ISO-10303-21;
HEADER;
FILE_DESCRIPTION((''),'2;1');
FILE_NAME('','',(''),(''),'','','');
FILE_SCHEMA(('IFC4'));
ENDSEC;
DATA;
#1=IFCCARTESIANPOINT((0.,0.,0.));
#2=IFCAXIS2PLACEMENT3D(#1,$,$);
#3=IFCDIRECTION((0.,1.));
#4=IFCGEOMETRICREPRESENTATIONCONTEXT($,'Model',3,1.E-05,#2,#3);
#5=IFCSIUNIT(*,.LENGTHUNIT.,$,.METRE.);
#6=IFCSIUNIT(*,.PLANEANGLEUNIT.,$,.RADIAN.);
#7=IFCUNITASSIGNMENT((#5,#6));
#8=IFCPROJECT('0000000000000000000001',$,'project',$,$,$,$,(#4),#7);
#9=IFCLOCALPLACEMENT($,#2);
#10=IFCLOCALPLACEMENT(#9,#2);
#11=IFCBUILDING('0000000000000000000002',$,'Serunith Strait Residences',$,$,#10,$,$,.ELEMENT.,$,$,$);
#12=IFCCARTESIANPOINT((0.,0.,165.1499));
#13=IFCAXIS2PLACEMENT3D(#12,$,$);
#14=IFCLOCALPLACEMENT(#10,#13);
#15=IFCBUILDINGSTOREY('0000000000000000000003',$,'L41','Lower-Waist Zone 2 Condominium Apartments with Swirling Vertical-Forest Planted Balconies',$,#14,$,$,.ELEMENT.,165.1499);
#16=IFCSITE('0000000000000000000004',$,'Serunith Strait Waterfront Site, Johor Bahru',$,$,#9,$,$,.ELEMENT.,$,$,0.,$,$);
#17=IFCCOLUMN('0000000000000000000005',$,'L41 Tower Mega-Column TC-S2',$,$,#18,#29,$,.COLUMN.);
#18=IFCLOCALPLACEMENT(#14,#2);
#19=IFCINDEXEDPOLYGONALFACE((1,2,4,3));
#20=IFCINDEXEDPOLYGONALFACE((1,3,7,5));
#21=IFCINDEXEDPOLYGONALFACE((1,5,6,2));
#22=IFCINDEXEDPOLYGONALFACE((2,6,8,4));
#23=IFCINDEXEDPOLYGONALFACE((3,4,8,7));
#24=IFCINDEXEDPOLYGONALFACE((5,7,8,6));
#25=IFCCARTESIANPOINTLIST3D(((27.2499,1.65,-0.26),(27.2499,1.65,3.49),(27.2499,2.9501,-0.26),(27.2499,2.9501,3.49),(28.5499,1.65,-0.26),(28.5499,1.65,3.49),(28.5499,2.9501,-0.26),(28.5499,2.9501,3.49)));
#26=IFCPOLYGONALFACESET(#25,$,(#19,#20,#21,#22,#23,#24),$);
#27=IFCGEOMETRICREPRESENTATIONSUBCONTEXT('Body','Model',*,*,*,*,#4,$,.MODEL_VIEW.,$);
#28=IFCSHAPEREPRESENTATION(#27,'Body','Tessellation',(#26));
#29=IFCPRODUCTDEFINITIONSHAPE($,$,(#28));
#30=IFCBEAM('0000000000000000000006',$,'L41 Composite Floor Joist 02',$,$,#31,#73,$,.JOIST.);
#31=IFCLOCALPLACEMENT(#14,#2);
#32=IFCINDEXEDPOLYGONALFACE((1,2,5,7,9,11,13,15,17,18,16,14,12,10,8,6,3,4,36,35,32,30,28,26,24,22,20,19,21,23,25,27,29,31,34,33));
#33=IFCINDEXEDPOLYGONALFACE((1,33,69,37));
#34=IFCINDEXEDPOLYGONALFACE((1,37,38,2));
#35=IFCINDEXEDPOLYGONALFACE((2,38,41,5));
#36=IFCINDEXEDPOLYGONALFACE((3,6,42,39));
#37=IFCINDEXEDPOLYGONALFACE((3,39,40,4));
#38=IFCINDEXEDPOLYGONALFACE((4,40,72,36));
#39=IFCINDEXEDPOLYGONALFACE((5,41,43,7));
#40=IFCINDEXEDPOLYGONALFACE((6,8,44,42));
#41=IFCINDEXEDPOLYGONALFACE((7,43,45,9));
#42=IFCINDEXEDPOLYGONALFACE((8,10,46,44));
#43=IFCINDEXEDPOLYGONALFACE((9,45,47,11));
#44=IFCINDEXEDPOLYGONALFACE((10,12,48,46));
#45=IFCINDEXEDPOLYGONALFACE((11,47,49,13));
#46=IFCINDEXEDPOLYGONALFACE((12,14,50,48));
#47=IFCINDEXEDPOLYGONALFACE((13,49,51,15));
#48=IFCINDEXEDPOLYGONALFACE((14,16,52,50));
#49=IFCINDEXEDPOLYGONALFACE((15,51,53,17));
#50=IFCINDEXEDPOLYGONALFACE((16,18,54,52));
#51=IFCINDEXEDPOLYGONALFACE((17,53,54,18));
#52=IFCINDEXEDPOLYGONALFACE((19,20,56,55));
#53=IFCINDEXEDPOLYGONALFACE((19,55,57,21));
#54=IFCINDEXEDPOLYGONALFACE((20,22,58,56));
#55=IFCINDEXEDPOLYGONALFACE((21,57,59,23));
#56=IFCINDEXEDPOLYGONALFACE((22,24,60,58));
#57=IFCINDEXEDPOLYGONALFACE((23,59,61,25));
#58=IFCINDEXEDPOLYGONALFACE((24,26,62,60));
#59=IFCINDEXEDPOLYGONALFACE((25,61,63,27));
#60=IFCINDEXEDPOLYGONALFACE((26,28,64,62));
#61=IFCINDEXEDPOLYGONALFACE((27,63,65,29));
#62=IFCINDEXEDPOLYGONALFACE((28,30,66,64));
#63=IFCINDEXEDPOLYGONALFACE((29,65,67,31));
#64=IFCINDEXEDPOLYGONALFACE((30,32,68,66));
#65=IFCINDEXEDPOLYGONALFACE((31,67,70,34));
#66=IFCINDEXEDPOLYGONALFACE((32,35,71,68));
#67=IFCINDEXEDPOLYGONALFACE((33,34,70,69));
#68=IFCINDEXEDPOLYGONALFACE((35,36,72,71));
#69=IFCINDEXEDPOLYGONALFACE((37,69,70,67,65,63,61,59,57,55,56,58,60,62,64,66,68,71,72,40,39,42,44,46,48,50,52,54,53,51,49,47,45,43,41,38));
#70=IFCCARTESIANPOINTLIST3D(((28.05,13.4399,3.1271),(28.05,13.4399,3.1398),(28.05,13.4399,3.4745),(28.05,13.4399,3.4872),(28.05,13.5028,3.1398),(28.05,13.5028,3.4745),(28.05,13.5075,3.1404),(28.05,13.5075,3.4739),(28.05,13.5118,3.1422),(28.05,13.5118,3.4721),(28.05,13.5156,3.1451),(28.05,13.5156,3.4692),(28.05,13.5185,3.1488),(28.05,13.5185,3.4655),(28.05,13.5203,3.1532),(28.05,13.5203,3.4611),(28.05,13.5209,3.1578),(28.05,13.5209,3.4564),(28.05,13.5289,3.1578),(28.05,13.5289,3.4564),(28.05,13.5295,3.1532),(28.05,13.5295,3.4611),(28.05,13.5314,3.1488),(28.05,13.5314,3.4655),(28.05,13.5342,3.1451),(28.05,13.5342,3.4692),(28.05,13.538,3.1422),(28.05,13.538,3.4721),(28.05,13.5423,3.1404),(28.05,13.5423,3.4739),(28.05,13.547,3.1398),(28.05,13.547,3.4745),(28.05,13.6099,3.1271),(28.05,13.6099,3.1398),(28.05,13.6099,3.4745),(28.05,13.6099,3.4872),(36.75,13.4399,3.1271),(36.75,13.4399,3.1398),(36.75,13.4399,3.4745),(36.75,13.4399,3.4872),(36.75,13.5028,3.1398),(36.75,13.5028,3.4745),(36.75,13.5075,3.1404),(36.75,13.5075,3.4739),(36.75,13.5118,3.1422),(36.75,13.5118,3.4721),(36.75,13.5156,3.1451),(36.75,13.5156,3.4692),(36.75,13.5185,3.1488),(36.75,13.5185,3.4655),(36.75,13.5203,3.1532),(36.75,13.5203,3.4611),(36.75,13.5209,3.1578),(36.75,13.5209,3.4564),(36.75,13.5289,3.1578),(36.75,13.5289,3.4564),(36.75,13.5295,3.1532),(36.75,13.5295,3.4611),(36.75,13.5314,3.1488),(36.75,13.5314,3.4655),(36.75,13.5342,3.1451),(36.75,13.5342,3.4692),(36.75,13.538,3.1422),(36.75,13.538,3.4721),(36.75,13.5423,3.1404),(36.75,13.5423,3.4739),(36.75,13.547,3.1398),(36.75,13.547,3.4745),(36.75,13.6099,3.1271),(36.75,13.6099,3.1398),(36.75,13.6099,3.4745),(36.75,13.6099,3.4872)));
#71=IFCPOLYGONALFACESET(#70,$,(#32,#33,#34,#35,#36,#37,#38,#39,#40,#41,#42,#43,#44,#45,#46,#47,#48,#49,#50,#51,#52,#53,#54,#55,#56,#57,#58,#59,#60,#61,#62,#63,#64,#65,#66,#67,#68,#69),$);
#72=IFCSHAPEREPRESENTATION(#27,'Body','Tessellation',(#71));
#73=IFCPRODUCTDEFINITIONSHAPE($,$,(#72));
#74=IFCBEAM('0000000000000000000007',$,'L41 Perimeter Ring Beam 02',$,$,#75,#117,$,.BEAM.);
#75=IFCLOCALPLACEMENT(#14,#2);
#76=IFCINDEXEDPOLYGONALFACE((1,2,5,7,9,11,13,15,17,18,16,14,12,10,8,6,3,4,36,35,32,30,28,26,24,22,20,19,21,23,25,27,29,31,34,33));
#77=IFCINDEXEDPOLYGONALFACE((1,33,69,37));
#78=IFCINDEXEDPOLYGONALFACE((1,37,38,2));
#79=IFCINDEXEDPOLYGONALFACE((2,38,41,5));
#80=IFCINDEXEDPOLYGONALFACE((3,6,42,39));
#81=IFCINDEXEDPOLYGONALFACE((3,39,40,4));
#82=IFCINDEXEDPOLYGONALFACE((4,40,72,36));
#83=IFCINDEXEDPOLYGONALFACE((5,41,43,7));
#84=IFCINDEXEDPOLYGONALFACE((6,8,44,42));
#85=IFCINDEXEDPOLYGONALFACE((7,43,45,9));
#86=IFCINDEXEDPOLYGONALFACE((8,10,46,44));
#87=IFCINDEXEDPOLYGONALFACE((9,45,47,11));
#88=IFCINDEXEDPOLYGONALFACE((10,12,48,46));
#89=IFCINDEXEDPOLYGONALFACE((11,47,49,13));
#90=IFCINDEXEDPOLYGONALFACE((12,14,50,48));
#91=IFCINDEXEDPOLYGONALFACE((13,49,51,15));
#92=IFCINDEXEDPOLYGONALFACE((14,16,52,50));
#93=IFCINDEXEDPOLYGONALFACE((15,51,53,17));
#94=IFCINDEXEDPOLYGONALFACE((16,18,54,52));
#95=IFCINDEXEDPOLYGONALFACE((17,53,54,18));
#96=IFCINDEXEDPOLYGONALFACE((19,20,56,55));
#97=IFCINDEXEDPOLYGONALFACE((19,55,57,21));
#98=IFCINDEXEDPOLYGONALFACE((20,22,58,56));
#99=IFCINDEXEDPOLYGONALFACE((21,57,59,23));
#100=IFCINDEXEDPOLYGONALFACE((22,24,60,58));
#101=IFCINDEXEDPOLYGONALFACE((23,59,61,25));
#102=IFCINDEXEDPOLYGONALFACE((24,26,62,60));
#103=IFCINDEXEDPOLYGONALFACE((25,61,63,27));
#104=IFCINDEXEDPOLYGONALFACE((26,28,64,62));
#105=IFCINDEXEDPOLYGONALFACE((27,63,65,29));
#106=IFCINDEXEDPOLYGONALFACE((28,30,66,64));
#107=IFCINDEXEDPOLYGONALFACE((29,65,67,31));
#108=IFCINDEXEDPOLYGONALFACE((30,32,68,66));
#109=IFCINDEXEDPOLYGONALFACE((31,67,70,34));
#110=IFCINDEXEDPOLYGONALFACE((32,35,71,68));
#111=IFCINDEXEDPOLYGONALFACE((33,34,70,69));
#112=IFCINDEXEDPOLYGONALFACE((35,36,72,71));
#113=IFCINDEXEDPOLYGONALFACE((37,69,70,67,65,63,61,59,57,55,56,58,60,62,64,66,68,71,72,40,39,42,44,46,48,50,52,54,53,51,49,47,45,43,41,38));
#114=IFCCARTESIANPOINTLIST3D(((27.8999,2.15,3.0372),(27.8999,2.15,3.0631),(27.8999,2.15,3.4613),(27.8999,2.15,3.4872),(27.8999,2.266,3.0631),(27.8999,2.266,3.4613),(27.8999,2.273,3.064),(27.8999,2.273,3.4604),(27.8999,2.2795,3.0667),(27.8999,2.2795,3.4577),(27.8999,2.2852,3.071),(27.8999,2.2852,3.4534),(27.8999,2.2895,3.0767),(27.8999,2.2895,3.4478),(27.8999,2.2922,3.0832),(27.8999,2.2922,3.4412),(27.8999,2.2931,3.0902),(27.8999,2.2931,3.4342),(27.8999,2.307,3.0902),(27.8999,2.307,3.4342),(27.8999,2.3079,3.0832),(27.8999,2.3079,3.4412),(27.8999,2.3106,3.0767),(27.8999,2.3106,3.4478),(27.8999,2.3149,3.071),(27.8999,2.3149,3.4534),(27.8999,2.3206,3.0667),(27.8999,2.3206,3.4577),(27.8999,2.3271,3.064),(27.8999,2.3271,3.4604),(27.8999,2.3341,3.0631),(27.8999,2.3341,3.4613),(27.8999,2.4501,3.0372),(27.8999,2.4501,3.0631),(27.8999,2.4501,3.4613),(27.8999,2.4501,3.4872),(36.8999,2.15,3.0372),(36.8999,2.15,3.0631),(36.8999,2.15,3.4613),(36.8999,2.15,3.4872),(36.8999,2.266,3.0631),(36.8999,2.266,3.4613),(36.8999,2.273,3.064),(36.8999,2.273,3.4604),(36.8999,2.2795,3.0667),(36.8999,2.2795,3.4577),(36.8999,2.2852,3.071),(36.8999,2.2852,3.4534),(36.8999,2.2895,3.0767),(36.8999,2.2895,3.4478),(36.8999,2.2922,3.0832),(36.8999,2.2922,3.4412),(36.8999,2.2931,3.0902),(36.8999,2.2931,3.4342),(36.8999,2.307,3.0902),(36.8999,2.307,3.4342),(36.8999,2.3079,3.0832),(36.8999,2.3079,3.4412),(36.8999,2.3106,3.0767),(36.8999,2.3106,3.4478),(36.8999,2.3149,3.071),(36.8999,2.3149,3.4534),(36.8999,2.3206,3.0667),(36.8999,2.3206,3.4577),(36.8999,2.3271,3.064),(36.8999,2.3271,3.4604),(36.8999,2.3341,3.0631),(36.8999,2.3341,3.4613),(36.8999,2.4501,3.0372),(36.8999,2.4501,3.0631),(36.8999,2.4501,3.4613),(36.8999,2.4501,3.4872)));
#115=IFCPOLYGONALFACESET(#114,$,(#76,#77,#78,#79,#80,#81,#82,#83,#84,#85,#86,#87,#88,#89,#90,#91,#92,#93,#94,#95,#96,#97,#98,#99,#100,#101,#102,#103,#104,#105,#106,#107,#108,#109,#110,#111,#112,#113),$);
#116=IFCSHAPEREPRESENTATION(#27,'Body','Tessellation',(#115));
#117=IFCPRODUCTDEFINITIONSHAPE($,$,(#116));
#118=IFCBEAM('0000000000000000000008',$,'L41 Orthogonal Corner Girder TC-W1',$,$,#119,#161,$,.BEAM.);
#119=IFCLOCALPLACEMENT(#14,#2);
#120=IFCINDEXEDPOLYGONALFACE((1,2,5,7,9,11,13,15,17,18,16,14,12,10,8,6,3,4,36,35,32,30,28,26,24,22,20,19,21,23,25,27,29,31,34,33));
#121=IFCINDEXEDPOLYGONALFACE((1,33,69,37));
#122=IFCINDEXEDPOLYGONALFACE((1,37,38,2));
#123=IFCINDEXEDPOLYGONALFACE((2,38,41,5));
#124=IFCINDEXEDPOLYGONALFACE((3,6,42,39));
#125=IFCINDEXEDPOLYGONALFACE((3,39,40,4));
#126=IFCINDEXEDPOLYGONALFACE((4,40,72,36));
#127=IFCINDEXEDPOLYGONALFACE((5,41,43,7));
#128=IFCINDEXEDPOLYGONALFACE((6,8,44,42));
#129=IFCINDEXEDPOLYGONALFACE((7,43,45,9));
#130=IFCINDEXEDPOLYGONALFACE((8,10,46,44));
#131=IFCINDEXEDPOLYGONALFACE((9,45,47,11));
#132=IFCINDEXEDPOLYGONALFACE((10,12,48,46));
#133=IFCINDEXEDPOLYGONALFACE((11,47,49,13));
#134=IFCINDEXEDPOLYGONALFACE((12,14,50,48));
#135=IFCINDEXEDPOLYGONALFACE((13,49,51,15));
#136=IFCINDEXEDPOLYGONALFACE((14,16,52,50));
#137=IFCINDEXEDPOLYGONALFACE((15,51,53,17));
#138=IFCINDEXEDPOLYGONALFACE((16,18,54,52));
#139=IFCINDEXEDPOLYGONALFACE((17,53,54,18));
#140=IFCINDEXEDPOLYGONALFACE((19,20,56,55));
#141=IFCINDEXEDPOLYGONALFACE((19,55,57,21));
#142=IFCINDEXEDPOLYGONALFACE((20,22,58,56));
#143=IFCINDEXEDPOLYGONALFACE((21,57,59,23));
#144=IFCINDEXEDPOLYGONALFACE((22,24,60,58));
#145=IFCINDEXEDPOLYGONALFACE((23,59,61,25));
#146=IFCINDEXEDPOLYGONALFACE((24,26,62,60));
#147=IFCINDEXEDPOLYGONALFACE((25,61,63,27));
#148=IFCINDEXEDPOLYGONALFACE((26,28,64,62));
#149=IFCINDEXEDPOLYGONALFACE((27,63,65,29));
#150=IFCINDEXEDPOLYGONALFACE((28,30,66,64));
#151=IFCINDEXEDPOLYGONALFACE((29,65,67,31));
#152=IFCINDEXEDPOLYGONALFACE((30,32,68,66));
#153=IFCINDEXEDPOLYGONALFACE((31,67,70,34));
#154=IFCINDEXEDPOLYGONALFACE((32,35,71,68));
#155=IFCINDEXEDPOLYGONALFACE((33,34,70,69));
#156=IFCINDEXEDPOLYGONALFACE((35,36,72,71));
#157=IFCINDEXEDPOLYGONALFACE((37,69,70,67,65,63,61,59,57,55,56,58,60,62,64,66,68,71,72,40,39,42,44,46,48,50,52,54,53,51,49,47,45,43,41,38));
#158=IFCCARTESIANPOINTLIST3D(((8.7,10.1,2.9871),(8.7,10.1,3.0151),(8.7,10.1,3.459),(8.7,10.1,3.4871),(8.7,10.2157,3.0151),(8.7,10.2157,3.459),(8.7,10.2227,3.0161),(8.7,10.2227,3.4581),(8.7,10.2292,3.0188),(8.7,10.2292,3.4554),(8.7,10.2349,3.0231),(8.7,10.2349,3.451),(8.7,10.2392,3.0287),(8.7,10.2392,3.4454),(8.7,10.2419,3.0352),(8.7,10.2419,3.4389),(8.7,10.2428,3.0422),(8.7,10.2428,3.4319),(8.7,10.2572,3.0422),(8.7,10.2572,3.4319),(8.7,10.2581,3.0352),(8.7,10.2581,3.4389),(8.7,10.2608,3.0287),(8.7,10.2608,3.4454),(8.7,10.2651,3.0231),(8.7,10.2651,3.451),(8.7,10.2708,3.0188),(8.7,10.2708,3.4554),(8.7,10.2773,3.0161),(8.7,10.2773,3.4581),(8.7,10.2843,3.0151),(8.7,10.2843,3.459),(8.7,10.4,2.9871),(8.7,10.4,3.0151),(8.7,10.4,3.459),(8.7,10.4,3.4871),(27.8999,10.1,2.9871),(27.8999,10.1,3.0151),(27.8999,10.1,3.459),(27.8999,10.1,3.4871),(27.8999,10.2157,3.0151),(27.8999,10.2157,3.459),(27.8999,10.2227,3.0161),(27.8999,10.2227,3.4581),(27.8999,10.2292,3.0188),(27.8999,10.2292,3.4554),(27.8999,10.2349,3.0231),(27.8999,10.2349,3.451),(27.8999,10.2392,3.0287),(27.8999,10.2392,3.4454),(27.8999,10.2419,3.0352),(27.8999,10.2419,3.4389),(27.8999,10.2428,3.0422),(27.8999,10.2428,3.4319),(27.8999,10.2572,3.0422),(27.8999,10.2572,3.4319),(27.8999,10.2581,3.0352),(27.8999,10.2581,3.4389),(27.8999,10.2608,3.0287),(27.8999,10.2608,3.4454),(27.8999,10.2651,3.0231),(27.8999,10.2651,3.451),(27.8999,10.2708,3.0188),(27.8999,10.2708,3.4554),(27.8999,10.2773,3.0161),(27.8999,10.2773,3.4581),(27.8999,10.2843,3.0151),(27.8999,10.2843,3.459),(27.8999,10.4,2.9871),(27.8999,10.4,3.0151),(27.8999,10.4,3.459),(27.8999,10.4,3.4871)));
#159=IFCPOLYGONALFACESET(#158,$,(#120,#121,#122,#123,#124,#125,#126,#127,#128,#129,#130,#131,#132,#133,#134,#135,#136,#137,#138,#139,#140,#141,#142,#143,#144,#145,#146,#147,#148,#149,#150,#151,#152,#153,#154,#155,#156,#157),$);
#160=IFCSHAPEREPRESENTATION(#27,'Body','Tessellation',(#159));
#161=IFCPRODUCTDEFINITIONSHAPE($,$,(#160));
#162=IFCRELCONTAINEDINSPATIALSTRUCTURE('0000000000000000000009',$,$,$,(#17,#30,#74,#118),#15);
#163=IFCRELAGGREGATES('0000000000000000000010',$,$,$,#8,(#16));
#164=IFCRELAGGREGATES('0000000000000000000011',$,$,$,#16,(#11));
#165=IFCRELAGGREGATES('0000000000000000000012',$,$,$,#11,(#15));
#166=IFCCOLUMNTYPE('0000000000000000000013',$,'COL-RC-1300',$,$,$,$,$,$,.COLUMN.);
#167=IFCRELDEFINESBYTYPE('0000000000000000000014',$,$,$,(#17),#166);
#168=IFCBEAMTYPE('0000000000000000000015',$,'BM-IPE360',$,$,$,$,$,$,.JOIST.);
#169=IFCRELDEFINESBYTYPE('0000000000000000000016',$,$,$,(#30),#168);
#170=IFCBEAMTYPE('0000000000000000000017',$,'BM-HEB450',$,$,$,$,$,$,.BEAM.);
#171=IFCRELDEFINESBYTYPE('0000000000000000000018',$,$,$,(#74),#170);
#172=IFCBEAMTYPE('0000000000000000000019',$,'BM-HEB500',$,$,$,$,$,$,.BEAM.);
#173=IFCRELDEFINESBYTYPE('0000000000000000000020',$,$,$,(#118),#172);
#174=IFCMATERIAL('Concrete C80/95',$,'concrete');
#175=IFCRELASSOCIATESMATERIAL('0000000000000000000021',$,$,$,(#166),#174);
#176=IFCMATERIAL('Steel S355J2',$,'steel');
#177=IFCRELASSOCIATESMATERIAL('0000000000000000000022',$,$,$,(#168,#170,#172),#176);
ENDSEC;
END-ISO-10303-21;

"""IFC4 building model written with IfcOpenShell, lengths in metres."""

from ifc_helpers import new_model, si_unit, direction, frame, origin, origin_2d, place, context, subcontext, project, spatial, rectangle, i_section, extrude, source, transform, mapped, material, material_profile, profile_set, type_object, element, save


model = new_model("IFC4")

# Units and contexts
model_context = context("Model", 3, precision=1e-05, world=origin(), true_north=direction((0.0, 1.0)))
body_context = subcontext(model_context, "Body", "Model", "MODEL_VIEW")
ifc_project = project(units=[si_unit("LENGTHUNIT", "METRE"), si_unit("PLANEANGLEUNIT", "RADIAN")], contexts=[model_context])

# Site, building, storey
site_placement = place(None, origin())
site = spatial("IfcSite", under=ifc_project, at=site_placement, Name="Serunith Strait Waterfront Site, Johor Bahru", CompositionType="ELEMENT", RefElevation=0.0)
building_placement = place(site_placement, origin())
building = spatial("IfcBuilding", under=site, at=building_placement, Name="Serunith Strait Residences", CompositionType="ELEMENT")
storey_placement = place(building_placement, frame((0.0, 0.0, 165.1499)))
storey = spatial("IfcBuildingStorey", under=building, at=storey_placement, Name="L41", Description="Lower-Waist Zone 2 Condominium Apartments with Swirling Vertical-Forest Planted Balconies", CompositionType="ELEMENT", Elevation=165.1499)

# Column
ifc_material_1 = material(Name="Concrete C80/95", Category="concrete")
ifc_material_profile_1 = material_profile(ifc_material_1, rectangle(XDim=1.3, YDim=1.3, at=origin_2d()), Name="RC 1300x1300")
ifc_profile_set_1 = profile_set([ifc_material_profile_1], Name="Concrete C80/95")
column_type = type_object("IfcColumnType", Name="COL-RC-1300", PredefinedType="COLUMN", material=ifc_profile_set_1)
shared_shape_1 = source(origin(), body_context, "Body", "SweptSolid", [
    extrude(rectangle(XDim=1.3, YDim=1.3, at=origin_2d()), origin(), (0.0, 0.0, 1.0), 3.75),
])
column_placement = place(storey_placement, frame((27.8999, 2.3, -0.26), z_axis=(0.0, 0.0, 1.0), x_axis=(1.0, 0.0, 0.0)))
element("IfcColumn", 1, at=column_placement, inside=storey, type_object=column_type, Name="L41 Tower Mega-Column TC-S2", PredefinedType="COLUMN", context=body_context, shape_type="MappedRepresentation", body=[
    mapped(shared_shape_1, transform((0.0, 0.0, 0.0), scale=1.0)),
])

# Beams
ifc_material_2 = material(Name="Steel S355J2", Category="steel")
ifc_material_profile_2 = material_profile(ifc_material_2, i_section(OverallWidth=0.1699, OverallDepth=0.3601, WebThickness=0.0081, FlangeThickness=0.0127, FilletRadius=0.0181, at=origin_2d()), Name="IPE 360")
ifc_profile_set_2 = profile_set([ifc_material_profile_2], Name="Steel S355J2")
beam_type_1 = type_object("IfcBeamType", Name="BM-IPE360", PredefinedType="JOIST", material=ifc_profile_set_2)
shared_shape_2 = source(origin(), body_context, "Body", "SweptSolid", [
    extrude(i_section(OverallWidth=0.1699, OverallDepth=0.3601, WebThickness=0.0081, FlangeThickness=0.0127, FilletRadius=0.0181, at=origin_2d()), origin(), (0.0, 0.0, 1.0), 8.7),
])
beam_1_placement = place(storey_placement, frame((28.05, 13.5249, 3.3071), z_axis=(1.0, 0.0, 0.0), x_axis=(0.0, 1.0, 0.0)))
element("IfcBeam", 2, at=beam_1_placement, inside=storey, type_object=beam_type_1, Name="L41 Composite Floor Joist 02", PredefinedType="JOIST", context=body_context, shape_type="MappedRepresentation", body=[
    mapped(shared_shape_2, transform((0.0, 0.0, 0.0), scale=1.0)),
])
ifc_material_profile_3 = material_profile(ifc_material_2, i_section(OverallWidth=0.3, OverallDepth=0.45, WebThickness=0.0139, FlangeThickness=0.0259, FilletRadius=0.0271, at=origin_2d()), Name="HEB 450")
ifc_profile_set_3 = profile_set([ifc_material_profile_3], Name="Steel S355J2")
beam_type_2 = type_object("IfcBeamType", Name="BM-HEB450", PredefinedType="BEAM", material=ifc_profile_set_3)
shared_shape_3 = source(origin(), body_context, "Body", "SweptSolid", [
    extrude(i_section(OverallWidth=0.3, OverallDepth=0.45, WebThickness=0.0139, FlangeThickness=0.0259, FilletRadius=0.0271, at=origin_2d()), origin(), (0.0, 0.0, 1.0), 9.0),
])
beam_2_placement = place(storey_placement, frame((27.8999, 2.3, 3.2622), z_axis=(1.0, 0.0, 0.0), x_axis=(0.0, 1.0, 0.0)))
element("IfcBeam", 3, at=beam_2_placement, inside=storey, type_object=beam_type_2, Name="L41 Perimeter Ring Beam 02", PredefinedType="BEAM", context=body_context, shape_type="MappedRepresentation", body=[
    mapped(shared_shape_3, transform((0.0, 0.0, 0.0), scale=1.0)),
])
ifc_material_profile_4 = material_profile(ifc_material_2, i_section(OverallWidth=0.3, OverallDepth=0.5, WebThickness=0.0144, FlangeThickness=0.0281, FilletRadius=0.0271, at=origin_2d()), Name="HEB 500")
ifc_profile_set_4 = profile_set([ifc_material_profile_4], Name="Steel S355J2")
beam_type_3 = type_object("IfcBeamType", Name="BM-HEB500", PredefinedType="BEAM", material=ifc_profile_set_4)
shared_shape_4 = source(origin(), body_context, "Body", "SweptSolid", [
    extrude(i_section(OverallWidth=0.3, OverallDepth=0.5, WebThickness=0.0144, FlangeThickness=0.0281, FilletRadius=0.0271, at=origin_2d()), origin(), (0.0, 0.0, 1.0), 19.2),
])
beam_3_placement = place(storey_placement, frame((27.8999, 10.25, 3.2371), z_axis=(-1.0, 0.0, 0.0), x_axis=(0.0, -1.0, 0.0)))
element("IfcBeam", 4, at=beam_3_placement, inside=storey, type_object=beam_type_3, Name="L41 Orthogonal Corner Girder TC-W1", PredefinedType="BEAM", context=body_context, shape_type="MappedRepresentation", body=[
    mapped(shared_shape_4, transform((0.0, 0.0, 0.0), scale=1.0)),
])

save(model, "model.ifc")
